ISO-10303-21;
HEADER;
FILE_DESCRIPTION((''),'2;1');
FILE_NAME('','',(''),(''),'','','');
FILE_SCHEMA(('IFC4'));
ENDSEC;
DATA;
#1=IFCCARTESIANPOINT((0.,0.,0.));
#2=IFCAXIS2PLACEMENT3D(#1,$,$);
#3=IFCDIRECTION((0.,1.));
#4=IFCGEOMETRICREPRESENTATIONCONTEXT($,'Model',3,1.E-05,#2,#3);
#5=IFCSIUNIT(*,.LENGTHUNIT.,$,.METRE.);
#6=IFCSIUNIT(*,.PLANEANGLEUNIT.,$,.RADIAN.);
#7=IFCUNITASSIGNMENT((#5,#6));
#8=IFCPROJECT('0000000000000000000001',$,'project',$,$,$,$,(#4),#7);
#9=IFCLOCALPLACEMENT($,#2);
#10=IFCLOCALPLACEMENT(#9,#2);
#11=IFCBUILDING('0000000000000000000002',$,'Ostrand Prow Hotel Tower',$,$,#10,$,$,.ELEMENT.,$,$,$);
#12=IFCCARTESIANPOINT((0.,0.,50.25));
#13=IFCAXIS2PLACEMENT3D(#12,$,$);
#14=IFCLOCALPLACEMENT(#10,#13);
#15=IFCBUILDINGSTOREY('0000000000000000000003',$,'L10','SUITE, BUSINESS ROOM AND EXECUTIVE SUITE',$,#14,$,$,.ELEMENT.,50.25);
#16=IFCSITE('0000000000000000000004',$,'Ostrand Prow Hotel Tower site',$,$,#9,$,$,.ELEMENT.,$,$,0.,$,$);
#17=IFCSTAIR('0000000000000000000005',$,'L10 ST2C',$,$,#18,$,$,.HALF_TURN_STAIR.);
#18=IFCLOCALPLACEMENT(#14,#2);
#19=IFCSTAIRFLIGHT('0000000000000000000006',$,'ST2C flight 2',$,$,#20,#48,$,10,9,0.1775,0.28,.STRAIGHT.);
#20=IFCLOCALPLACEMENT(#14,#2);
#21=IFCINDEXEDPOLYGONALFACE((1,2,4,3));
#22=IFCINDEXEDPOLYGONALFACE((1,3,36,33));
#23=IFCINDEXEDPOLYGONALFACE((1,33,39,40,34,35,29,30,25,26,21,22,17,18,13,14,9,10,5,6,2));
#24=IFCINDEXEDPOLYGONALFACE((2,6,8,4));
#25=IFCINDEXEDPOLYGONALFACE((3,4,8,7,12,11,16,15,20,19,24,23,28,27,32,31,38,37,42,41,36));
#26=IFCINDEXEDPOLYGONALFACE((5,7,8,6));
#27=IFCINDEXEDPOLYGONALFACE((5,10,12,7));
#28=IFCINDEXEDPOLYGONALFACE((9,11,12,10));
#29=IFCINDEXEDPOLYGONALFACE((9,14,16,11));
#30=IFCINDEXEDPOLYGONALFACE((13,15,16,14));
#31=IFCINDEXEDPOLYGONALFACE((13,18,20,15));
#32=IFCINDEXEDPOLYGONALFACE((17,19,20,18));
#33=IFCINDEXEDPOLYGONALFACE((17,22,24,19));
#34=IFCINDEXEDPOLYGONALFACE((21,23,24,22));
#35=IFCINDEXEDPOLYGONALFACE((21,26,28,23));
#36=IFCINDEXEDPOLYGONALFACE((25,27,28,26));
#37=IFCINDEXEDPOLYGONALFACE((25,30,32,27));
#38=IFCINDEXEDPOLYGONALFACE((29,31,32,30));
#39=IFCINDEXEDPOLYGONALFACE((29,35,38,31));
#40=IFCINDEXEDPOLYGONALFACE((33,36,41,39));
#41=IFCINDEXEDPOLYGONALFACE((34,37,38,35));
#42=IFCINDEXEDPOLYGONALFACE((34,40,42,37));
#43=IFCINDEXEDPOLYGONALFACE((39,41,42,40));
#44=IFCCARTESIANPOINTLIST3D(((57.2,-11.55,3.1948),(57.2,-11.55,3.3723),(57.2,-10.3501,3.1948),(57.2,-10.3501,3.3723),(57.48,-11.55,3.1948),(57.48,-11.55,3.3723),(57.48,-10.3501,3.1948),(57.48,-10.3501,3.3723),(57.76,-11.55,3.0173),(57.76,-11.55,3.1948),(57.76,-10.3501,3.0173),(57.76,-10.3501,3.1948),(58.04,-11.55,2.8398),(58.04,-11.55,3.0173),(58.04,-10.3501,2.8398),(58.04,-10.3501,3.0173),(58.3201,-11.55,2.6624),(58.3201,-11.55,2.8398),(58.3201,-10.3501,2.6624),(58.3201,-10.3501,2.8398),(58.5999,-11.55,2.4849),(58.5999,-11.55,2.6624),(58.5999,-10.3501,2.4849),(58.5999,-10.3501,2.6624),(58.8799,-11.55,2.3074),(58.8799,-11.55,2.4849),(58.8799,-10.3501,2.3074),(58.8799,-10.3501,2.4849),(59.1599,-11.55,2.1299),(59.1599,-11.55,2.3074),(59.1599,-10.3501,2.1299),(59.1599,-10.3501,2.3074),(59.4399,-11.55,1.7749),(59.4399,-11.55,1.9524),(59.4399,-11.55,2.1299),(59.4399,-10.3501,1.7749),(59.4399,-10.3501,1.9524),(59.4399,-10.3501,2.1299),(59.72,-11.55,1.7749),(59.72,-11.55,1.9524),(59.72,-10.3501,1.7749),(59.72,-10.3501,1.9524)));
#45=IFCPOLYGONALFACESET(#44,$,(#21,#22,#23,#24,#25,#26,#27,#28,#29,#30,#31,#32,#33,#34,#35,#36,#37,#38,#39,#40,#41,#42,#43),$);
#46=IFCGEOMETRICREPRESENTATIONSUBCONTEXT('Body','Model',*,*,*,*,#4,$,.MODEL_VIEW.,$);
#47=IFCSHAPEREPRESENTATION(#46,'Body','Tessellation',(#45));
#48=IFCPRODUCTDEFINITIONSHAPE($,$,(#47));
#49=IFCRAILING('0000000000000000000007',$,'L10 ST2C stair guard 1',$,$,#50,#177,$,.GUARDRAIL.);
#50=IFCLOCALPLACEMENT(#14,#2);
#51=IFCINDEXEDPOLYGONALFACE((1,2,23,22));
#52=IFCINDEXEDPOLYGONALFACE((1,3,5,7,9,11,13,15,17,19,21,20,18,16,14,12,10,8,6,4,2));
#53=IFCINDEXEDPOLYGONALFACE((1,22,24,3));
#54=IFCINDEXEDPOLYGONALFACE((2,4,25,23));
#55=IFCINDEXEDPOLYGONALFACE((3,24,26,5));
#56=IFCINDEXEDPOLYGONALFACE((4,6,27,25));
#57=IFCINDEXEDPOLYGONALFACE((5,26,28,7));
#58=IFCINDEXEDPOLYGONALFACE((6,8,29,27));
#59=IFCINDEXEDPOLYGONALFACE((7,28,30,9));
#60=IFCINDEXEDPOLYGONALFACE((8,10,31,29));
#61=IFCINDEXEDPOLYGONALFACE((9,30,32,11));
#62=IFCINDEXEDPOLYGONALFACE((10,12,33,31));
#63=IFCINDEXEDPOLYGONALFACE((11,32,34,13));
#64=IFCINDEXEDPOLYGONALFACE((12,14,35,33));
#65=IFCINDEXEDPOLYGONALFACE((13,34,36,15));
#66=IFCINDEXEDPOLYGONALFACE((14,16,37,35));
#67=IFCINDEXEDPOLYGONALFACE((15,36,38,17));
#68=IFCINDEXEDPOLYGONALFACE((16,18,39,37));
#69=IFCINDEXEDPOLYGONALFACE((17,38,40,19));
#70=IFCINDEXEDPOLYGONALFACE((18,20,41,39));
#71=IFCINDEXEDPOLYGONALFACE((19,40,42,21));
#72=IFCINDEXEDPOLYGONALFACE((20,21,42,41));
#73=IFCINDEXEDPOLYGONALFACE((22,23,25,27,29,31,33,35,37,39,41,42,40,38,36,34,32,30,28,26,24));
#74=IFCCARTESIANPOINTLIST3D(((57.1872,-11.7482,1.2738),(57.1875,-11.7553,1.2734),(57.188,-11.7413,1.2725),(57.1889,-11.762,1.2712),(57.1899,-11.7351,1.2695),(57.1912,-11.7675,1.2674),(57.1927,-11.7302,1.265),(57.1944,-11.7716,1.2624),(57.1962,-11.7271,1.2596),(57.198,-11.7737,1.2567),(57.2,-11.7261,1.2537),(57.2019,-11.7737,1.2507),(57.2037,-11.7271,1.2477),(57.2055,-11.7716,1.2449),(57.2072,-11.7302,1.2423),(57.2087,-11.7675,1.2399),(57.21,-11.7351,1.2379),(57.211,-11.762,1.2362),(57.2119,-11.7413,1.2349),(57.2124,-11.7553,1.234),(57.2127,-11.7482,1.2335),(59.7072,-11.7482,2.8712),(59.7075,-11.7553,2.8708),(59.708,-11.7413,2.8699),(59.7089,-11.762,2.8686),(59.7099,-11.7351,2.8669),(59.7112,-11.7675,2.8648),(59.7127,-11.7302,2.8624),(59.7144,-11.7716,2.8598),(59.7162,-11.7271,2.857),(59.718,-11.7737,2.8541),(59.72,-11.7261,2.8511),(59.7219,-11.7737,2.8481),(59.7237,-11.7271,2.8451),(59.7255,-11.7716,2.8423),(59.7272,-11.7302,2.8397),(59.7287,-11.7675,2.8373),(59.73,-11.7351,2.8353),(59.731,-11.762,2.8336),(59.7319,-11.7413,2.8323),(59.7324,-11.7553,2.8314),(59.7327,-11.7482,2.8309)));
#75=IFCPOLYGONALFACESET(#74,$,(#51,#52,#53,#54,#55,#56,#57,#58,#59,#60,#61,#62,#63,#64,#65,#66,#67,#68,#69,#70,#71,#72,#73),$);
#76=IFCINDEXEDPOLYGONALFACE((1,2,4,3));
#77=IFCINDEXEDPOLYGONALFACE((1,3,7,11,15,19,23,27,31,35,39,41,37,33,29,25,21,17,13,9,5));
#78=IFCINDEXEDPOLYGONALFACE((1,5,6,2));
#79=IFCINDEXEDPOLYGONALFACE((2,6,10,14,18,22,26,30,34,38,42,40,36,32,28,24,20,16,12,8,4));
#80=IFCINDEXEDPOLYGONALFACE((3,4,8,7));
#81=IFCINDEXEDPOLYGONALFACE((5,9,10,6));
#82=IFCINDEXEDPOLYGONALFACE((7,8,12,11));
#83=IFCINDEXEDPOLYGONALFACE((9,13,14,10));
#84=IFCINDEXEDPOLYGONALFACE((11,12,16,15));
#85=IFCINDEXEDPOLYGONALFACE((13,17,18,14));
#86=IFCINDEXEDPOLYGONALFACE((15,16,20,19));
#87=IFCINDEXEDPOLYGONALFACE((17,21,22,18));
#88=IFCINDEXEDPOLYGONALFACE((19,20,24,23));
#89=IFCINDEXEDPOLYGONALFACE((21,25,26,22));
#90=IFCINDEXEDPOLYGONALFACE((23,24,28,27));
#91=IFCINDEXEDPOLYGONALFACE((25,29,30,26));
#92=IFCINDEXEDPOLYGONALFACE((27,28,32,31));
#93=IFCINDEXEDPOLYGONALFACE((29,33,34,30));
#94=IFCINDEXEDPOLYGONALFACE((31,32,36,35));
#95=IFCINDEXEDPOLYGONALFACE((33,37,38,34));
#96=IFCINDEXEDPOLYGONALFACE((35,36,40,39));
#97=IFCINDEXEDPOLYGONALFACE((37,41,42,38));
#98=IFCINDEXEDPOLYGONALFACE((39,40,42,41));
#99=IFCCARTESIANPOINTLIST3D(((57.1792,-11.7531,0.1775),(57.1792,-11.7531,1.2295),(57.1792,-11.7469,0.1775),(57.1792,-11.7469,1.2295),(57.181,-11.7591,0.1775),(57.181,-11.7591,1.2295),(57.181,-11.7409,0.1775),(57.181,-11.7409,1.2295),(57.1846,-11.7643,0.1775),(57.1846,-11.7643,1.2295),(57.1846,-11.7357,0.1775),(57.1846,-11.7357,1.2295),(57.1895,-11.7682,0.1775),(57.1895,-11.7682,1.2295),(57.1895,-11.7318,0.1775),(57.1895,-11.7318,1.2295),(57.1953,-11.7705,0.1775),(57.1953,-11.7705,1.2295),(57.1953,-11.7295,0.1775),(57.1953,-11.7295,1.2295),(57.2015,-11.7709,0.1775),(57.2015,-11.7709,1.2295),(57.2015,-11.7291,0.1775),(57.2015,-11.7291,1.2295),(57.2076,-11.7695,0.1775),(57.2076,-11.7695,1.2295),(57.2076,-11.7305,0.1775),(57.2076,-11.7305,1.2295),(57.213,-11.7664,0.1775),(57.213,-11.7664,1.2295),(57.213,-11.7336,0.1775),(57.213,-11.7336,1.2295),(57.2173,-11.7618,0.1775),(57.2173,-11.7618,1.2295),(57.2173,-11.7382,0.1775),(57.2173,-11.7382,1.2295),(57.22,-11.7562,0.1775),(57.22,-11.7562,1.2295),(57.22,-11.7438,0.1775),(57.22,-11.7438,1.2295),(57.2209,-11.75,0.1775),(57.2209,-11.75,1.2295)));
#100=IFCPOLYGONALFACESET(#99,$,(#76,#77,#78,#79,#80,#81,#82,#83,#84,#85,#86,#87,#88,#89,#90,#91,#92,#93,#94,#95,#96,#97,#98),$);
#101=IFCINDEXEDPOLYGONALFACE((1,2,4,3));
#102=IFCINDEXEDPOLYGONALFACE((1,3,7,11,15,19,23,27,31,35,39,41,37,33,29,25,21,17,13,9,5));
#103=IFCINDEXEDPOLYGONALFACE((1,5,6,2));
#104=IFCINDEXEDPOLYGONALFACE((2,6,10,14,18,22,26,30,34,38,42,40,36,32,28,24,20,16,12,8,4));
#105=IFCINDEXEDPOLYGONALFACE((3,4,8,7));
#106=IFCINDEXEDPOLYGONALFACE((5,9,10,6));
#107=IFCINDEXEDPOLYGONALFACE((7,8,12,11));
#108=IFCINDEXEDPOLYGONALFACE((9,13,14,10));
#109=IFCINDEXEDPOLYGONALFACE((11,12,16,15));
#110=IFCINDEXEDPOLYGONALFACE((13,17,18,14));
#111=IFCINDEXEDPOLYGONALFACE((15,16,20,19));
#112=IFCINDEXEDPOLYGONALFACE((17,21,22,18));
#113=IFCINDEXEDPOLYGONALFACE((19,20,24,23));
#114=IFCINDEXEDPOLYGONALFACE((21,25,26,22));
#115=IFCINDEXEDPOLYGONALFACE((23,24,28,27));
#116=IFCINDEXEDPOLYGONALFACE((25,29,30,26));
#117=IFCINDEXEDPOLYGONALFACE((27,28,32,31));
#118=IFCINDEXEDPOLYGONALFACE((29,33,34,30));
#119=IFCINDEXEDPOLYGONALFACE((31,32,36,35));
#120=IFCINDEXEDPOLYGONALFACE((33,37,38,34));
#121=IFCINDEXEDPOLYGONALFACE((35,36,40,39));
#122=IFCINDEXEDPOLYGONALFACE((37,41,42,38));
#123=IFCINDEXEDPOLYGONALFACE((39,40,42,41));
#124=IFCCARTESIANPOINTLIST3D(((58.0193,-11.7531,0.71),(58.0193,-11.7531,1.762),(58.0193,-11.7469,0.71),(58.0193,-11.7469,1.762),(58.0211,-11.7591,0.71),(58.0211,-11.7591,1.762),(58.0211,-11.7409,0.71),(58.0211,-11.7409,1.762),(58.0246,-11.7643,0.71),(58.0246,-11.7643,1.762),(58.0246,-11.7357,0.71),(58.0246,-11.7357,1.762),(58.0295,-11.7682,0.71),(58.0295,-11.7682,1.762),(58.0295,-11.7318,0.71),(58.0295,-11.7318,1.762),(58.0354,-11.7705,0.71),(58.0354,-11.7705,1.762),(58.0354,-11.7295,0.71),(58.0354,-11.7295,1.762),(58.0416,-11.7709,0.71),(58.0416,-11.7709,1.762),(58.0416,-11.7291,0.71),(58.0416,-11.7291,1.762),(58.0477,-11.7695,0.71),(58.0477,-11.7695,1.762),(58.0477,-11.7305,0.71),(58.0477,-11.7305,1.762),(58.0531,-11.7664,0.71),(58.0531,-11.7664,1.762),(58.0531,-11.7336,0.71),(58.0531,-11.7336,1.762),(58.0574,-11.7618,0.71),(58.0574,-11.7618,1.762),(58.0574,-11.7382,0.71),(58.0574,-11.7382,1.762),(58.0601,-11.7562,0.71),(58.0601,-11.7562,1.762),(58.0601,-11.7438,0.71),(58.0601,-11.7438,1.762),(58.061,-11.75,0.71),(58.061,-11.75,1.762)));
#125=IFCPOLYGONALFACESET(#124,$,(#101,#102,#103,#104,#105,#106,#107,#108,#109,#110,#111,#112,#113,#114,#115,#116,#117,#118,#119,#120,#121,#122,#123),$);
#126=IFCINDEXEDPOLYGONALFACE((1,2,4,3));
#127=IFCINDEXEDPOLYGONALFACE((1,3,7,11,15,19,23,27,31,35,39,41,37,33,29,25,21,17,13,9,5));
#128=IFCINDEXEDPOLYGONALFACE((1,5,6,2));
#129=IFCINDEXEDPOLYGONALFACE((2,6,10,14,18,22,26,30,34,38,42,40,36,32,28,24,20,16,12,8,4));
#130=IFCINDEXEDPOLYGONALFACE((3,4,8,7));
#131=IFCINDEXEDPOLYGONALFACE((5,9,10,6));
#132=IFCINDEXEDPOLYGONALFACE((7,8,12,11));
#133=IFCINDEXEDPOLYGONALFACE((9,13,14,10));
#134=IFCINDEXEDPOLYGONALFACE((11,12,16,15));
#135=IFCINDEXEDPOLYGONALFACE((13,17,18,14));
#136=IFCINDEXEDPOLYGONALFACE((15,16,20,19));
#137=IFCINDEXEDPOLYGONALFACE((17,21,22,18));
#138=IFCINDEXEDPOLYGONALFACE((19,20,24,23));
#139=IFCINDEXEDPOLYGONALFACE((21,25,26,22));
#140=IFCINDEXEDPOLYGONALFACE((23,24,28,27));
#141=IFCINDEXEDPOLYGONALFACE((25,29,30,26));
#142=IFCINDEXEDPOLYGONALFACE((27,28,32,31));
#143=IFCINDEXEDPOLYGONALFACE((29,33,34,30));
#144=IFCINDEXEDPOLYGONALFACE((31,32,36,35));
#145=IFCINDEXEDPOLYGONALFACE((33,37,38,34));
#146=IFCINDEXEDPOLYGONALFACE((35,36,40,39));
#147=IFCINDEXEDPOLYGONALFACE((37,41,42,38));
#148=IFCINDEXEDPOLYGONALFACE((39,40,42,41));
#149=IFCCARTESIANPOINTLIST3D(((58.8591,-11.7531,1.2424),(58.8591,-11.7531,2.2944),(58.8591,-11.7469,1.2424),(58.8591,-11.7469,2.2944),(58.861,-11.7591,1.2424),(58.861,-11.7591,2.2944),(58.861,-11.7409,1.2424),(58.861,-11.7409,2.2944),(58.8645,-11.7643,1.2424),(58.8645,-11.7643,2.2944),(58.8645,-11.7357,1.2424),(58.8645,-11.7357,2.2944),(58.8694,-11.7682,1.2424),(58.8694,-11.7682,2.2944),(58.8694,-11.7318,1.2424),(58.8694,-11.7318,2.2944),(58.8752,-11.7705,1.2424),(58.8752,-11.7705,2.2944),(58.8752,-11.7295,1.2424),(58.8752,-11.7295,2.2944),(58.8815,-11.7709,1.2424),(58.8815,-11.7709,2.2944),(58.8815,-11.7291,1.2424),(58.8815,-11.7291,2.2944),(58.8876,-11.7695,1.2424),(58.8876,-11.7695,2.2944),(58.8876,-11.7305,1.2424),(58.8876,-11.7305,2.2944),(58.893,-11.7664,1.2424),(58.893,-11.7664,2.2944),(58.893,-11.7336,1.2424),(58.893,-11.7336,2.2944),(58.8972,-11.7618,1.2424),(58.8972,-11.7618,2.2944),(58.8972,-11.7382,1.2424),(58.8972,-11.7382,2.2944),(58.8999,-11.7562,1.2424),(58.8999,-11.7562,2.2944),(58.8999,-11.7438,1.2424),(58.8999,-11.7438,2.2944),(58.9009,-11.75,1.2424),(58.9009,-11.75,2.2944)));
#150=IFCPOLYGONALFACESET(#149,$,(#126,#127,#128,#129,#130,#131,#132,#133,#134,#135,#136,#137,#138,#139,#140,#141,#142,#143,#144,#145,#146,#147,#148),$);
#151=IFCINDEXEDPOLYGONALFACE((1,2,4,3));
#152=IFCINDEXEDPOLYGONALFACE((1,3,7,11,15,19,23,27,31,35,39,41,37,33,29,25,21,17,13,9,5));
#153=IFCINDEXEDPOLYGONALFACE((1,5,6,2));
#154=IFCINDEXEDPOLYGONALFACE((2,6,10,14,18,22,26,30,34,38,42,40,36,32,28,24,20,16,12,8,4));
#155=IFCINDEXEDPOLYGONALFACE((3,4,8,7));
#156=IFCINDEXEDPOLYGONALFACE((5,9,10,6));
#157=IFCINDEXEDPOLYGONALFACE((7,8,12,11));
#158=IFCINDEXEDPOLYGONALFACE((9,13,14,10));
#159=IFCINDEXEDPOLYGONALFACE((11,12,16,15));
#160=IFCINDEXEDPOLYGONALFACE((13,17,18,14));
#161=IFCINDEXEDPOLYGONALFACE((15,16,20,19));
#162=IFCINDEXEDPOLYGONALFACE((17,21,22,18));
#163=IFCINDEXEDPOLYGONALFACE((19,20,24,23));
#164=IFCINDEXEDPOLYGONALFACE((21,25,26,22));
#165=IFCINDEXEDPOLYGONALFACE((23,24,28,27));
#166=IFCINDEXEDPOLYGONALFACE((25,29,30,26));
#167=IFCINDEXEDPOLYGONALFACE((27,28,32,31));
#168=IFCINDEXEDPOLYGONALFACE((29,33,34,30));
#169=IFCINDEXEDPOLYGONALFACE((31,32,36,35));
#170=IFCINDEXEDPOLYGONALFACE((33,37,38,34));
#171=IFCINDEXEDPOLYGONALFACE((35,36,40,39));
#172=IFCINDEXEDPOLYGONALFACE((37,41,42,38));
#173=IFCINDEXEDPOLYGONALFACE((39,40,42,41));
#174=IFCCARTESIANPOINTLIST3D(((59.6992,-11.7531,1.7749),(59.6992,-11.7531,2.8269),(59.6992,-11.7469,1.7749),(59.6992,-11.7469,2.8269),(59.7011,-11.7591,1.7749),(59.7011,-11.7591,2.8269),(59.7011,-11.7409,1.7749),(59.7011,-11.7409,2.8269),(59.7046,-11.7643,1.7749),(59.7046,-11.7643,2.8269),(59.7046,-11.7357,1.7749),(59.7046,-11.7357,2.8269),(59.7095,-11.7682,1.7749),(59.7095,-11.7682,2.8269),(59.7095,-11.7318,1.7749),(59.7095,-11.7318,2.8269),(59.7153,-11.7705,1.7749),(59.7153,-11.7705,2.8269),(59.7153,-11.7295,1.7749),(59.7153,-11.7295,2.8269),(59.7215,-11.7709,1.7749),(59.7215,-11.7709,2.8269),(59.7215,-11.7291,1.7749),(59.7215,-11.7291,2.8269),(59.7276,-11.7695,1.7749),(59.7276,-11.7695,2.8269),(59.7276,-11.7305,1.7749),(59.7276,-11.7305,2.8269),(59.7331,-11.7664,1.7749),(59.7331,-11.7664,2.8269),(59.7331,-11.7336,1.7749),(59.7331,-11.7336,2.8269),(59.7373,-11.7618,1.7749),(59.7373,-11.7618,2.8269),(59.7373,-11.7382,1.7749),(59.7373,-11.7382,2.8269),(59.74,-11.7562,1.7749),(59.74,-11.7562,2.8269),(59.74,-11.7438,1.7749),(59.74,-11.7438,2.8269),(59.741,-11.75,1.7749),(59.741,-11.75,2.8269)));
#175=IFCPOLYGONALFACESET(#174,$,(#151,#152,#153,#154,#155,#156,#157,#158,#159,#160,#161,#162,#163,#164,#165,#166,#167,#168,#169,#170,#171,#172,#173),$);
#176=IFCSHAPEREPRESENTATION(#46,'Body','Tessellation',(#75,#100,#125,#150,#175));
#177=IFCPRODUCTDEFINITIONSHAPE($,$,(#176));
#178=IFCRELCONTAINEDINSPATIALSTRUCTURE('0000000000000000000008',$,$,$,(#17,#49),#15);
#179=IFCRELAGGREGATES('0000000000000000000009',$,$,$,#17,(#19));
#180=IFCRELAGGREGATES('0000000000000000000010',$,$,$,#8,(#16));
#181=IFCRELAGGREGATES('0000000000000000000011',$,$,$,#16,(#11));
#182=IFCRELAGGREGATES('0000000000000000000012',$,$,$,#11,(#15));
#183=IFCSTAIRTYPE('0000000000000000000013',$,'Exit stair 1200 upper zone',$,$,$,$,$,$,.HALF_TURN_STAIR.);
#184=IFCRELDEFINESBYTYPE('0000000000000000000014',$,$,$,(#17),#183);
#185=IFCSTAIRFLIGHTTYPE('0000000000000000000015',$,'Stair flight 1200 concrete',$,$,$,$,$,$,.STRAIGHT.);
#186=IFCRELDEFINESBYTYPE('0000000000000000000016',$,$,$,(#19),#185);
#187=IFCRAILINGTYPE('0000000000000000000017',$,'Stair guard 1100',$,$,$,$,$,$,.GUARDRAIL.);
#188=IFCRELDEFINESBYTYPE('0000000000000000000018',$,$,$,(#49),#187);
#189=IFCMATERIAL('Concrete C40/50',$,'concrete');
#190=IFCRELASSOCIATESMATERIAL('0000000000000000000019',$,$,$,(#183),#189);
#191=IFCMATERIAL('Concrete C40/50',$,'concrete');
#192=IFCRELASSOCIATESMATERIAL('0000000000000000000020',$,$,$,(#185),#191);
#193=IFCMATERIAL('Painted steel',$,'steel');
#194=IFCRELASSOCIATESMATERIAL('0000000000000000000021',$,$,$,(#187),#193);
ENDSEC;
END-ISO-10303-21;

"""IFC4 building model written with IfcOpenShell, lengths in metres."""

from ifc_helpers import new_model, si_unit, direction, frame, origin, origin_2d, place, context, subcontext, project, spatial, polyline, circle, outline, extrude, material, type_object, element, aggregate, save


model = new_model("IFC4")

# Units and contexts
model_context = context("Model", 3, precision=1e-05, world=origin(), true_north=direction((0.0, 1.0)))
body_context = subcontext(model_context, "Body", "Model", "MODEL_VIEW")
ifc_project = project(units=[si_unit("LENGTHUNIT", "METRE"), si_unit("PLANEANGLEUNIT", "RADIAN")], contexts=[model_context])

# Site, building, storey
site_placement = place(None, origin())
site = spatial("IfcSite", under=ifc_project, at=site_placement, Name="Ostrand Prow Hotel Tower site", CompositionType="ELEMENT", RefElevation=0.0)
building_placement = place(site_placement, origin())
building = spatial("IfcBuilding", under=site, at=building_placement, Name="Ostrand Prow Hotel Tower", CompositionType="ELEMENT")
storey_placement = place(building_placement, frame((0.0, 0.0, 50.25)))
storey = spatial("IfcBuildingStorey", under=building, at=storey_placement, Name="L10", Description="SUITE, BUSINESS ROOM AND EXECUTIVE SUITE", CompositionType="ELEMENT", Elevation=50.25)

# Stair, stair flight
ifc_material_1 = material(Name="Concrete C40/50", Category="concrete")
stair_type = type_object("IfcStairType", Name="Exit stair 1200 upper zone", PredefinedType="HALF_TURN_STAIR", material=ifc_material_1)
stair_placement = place(storey_placement, origin())
stair = element("IfcStair", 1, at=stair_placement, inside=storey, type_object=stair_type, Name="L10 ST2C", PredefinedType="HALF_TURN_STAIR")
ifc_material_2 = material(Name="Concrete C40/50", Category="concrete")
stair_flight_type = type_object("IfcStairFlightType", Name="Stair flight 1200 concrete", PredefinedType="STRAIGHT", material=ifc_material_2)
stair_flight_1_placement = place(storey_placement, frame((59.72, -10.95, 1.7749), z_axis=(0.0, 0.0, 1.0), x_axis=(-1.0, 0.0, 0.0)))
stair_flight_1 = element("IfcStairFlight", 2, at=stair_flight_1_placement, type_object=stair_flight_type, Name="ST2C flight 2", NumberOfRisers=10, NumberOfTreads=9, PredefinedType="STRAIGHT", RiserHeight=0.1775, TreadLength=0.28, context=body_context, shape_type="SweptSolid", body=[
    extrude(outline(polyline([(0.0, 0.0), (0.0, 0.1775), (0.28, 0.1775), (0.28, 0.355), (0.5601, 0.355), (0.5601, 0.5325), (0.8401, 0.5325), (0.8401, 0.71), (1.1201, 0.71), (1.1201, 0.8875), (1.3999, 0.8875), (1.3999, 1.0649), (1.6799, 1.0649), (1.6799, 1.2424), (1.96, 1.2424), (1.96, 1.4199), (2.24, 1.4199), (2.24, 1.5974), (2.52, 1.5974), (2.52, 1.7749), (2.52, 1.4199), (0.28, 0.0), (0.0, 0.0)])), frame((0.0, 0.6001, 0.0), z_axis=(0.0, -1.0, 0.0), x_axis=(1.0, 0.0, 0.0)), (0.0, 0.0, 1.0), 1.2),
])
aggregate(stair, [stair_flight_1])

# Railing
ifc_material_3 = material(Name="Painted steel", Category="steel")
railing_type_1 = type_object("IfcRailingType", Name="Stair guard 1100", PredefinedType="GUARDRAIL", material=ifc_material_3)
railing_1_placement = place(storey_placement, frame((57.2, -11.75, 0.1775)))
element("IfcRailing", 3, at=railing_1_placement, inside=storey, type_object=railing_type_1, Name="L10 ST2C stair guard 1", PredefinedType="GUARDRAIL", context=body_context, shape_type="SweptSolid", body=[
    extrude(circle(Radius=0.0239, at=origin_2d()), frame((0.0, 0.0, 1.0762), z_axis=(0.844607, 0.0, 0.535387), x_axis=(0.0, 1.0, 0.0)), (0.0, 0.0, 1.0), 2.9836),
    extrude(circle(Radius=0.021, at=origin_2d()), origin(), (0.0, 0.0, 1.0), 1.052),
    extrude(circle(Radius=0.021, at=origin_2d()), frame((0.8401, 0.0, 0.5325)), (0.0, 0.0, 1.0), 1.052),
    extrude(circle(Radius=0.021, at=origin_2d()), frame((1.6799, 0.0, 1.0649)), (0.0, 0.0, 1.0), 1.052),
    extrude(circle(Radius=0.021, at=origin_2d()), frame((2.52, 0.0, 1.5974)), (0.0, 0.0, 1.0), 1.052),
])

save(model, "model.ifc")
